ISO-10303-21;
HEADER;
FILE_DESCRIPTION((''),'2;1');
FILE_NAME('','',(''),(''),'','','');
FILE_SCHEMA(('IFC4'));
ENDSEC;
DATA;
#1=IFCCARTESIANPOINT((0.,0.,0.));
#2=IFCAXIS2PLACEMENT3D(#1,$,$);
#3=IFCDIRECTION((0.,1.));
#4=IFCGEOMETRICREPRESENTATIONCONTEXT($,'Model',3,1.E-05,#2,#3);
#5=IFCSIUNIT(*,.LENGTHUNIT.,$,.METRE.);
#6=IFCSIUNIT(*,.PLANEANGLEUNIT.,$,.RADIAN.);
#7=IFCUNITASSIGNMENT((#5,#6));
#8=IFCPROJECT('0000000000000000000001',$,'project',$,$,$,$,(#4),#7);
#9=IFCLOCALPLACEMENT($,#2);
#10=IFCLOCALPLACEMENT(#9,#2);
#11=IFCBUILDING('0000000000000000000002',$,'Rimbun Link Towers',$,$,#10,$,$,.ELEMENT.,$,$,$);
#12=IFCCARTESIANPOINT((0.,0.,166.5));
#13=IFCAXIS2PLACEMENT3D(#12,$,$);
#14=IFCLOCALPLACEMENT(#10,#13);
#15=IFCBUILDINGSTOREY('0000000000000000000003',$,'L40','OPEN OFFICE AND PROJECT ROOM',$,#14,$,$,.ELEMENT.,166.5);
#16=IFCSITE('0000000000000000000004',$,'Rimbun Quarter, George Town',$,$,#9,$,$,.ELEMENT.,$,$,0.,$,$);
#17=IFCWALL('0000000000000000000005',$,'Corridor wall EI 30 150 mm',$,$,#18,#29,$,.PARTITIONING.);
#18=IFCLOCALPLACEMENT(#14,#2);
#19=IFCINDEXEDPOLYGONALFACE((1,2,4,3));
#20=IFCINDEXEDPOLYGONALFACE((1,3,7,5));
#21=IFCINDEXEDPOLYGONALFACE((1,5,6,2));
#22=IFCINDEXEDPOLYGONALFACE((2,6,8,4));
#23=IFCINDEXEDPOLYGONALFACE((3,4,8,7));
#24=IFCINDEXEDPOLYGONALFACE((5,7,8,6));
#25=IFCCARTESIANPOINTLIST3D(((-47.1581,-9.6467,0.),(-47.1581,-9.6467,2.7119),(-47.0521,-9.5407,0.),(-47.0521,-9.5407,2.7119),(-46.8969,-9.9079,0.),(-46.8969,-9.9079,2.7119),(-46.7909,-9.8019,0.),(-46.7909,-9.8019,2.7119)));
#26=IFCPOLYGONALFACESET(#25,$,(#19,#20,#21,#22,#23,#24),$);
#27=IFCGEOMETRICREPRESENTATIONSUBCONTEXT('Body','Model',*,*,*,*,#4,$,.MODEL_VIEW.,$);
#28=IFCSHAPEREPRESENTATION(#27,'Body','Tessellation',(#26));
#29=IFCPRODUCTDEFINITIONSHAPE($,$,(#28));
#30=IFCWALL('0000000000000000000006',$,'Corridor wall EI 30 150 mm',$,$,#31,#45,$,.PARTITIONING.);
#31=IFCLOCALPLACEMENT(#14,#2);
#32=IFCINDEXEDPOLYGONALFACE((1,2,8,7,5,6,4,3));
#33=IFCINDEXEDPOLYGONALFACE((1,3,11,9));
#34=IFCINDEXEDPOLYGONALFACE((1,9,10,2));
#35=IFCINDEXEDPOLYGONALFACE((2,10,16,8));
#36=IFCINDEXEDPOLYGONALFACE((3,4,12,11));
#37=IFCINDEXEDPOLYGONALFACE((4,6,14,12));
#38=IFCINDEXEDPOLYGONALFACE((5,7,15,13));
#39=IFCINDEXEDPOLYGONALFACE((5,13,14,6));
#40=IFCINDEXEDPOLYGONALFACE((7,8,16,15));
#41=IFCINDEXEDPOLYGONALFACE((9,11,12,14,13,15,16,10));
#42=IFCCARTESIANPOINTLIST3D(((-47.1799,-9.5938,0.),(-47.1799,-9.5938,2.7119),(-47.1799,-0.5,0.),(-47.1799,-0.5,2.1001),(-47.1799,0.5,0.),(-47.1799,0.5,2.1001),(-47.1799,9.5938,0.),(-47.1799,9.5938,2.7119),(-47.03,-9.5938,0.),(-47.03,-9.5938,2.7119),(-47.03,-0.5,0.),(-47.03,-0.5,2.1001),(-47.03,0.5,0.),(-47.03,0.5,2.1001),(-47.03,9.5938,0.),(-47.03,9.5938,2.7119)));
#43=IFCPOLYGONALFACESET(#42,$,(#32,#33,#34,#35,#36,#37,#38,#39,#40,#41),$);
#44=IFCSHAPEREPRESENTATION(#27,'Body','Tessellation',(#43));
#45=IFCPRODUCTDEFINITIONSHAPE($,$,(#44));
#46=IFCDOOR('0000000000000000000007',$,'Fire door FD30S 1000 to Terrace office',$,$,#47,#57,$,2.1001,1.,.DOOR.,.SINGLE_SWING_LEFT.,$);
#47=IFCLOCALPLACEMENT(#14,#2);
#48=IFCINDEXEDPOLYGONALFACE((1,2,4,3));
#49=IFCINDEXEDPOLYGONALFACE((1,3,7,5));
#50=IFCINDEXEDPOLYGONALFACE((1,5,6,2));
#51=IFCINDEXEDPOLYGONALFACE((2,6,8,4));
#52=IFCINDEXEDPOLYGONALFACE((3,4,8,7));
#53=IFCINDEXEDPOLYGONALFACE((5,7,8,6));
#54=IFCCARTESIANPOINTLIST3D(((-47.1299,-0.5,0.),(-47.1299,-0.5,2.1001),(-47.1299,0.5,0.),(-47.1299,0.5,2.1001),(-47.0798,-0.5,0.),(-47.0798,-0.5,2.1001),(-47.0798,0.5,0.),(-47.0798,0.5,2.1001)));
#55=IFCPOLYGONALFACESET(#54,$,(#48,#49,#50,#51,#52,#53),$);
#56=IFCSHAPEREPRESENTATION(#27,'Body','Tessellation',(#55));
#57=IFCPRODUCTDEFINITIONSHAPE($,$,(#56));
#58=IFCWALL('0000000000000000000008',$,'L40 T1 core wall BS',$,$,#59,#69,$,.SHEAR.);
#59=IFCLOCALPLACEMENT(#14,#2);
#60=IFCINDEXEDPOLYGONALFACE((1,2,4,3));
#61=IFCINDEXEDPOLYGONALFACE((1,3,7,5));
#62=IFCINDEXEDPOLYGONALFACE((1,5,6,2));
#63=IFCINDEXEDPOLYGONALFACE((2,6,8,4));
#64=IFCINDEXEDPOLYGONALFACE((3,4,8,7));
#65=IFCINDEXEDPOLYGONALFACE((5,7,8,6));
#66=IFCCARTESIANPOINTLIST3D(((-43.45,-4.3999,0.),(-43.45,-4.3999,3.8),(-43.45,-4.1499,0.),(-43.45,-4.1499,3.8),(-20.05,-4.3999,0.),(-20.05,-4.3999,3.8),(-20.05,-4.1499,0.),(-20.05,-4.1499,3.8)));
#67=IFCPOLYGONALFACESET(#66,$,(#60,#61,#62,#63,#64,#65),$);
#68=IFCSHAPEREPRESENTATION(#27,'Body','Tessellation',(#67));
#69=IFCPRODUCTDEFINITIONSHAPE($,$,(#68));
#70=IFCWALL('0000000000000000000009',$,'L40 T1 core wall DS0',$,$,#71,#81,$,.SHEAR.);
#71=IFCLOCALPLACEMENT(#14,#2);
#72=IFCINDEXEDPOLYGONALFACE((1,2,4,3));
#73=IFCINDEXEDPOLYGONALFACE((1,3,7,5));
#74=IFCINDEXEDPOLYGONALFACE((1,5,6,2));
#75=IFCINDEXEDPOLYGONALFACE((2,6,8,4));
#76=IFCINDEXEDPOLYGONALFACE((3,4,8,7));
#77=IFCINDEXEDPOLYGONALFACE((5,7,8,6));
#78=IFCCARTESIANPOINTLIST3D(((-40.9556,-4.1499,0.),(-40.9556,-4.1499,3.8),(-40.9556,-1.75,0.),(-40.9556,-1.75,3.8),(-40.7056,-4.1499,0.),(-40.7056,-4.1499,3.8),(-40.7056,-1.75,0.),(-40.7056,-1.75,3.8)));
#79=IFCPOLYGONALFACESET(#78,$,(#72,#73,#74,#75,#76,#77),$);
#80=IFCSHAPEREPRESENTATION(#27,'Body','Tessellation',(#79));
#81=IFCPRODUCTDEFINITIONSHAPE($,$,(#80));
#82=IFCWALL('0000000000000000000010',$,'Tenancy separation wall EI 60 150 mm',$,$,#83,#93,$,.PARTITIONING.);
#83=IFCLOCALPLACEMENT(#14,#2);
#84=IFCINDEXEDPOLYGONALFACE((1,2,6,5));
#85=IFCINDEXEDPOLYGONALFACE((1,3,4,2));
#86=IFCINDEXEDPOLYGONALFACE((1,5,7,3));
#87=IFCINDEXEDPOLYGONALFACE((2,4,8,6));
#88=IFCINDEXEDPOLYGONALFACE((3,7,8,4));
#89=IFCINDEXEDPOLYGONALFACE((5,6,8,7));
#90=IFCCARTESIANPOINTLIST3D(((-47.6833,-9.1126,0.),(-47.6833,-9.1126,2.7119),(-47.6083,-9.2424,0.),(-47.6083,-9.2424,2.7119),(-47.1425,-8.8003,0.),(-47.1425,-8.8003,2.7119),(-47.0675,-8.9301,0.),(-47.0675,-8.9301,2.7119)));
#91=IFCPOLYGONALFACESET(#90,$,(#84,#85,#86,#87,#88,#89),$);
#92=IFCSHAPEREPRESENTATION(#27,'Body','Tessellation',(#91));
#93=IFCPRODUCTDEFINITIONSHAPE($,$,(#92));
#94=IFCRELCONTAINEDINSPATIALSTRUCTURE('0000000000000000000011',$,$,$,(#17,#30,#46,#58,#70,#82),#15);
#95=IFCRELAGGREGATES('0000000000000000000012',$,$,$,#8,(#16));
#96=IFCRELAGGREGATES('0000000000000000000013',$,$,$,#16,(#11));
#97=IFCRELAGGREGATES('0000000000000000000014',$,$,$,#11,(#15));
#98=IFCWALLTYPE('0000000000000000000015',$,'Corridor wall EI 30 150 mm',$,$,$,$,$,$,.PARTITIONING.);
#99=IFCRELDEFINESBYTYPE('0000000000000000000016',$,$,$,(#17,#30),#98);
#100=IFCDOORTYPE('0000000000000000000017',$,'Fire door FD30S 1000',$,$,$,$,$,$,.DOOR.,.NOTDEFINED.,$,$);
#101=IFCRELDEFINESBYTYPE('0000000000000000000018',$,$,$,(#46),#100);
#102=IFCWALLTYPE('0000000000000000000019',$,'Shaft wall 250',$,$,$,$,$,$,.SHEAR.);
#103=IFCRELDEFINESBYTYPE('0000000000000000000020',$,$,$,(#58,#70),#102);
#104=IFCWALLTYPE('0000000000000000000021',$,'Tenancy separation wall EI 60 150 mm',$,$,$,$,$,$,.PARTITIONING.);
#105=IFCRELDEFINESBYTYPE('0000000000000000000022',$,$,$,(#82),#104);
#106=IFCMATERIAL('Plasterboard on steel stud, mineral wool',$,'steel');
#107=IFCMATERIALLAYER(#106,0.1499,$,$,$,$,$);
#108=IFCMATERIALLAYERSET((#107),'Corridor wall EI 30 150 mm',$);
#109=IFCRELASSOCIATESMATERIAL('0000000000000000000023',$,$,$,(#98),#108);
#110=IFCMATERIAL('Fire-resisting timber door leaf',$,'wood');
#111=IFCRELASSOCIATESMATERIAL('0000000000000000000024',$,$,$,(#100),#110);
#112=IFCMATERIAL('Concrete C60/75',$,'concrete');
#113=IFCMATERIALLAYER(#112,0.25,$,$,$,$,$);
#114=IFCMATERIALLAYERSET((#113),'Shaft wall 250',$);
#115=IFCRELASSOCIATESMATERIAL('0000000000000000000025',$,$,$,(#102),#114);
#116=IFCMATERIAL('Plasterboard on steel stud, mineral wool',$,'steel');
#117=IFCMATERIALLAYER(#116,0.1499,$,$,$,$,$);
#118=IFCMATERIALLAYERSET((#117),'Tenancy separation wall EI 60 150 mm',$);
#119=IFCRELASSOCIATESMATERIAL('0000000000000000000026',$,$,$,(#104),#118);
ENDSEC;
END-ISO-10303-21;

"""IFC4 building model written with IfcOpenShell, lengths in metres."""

from ifc_helpers import new_model, si_unit, direction, frame, frame_2d, origin, place, context, subcontext, project, spatial, rectangle, extrude, material, layer, layer_set, type_object, element, fill, save


model = new_model("IFC4")

# Units and contexts
model_context = context("Model", 3, precision=1e-05, world=origin(), true_north=direction((0.0, 1.0)))
body_context = subcontext(model_context, "Body", "Model", "MODEL_VIEW")
ifc_project = project(units=[si_unit("LENGTHUNIT", "METRE"), si_unit("PLANEANGLEUNIT", "RADIAN")], contexts=[model_context])

# Site, building, storey
site_placement = place(None, origin())
site = spatial("IfcSite", under=ifc_project, at=site_placement, Name="Rimbun Quarter, George Town", CompositionType="ELEMENT", RefElevation=0.0)
building_placement = place(site_placement, origin())
building = spatial("IfcBuilding", under=site, at=building_placement, Name="Rimbun Link Towers", CompositionType="ELEMENT")
storey_placement = place(building_placement, frame((0.0, 0.0, 166.5)))
storey = spatial("IfcBuildingStorey", under=building, at=storey_placement, Name="L40", Description="OPEN OFFICE AND PROJECT ROOM", CompositionType="ELEMENT", Elevation=166.5)

# Wall
ifc_material_1 = material(Name="Plasterboard on steel stud, mineral wool", Category="steel")
ifc_layer_1 = layer(ifc_material_1, 0.1499)
ifc_layer_set_1 = layer_set([ifc_layer_1], Name="Corridor wall EI 30 150 mm")
wall_type_1 = type_object("IfcWallType", Name="Corridor wall EI 30 150 mm", PredefinedType="PARTITIONING", material=ifc_layer_set_1)
wall_1_placement = place(storey_placement, frame((-47.105, -9.5938, 0.0), z_axis=(0.0, 0.0, 1.0), x_axis=(0.707107, -0.707107, 0.0)))
element("IfcWall", 1, at=wall_1_placement, inside=storey, type_object=wall_type_1, Name="Corridor wall EI 30 150 mm", PredefinedType="PARTITIONING", context=body_context, shape_type="SweptSolid", body=[
    extrude(rectangle(XDim=0.3694, YDim=0.1499, at=frame_2d((0.1846, 0.0))), origin(), (0.0, 0.0, 1.0), 2.7119),
])

# Wall, opening, door
wall_2_placement = place(storey_placement, frame((-47.105, -9.5938, 0.0), z_axis=(0.0, 0.0, 1.0), x_axis=(0.0, 1.0, 0.0)))
wall_2 = element("IfcWall", 2, at=wall_2_placement, inside=storey, type_object=wall_type_1, Name="Corridor wall EI 30 150 mm", PredefinedType="PARTITIONING", context=body_context, shape_type="SweptSolid", body=[
    extrude(rectangle(XDim=19.1875, YDim=0.1499, at=frame_2d((9.5938, 0.0))), origin(), (0.0, 0.0, 1.0), 2.7119),
])
opening_1_placement = place(wall_2_placement, frame((9.0938, 0.0, 0.0)))
opening_1 = element("IfcOpeningElement", 3, at=opening_1_placement, cuts=wall_2, PredefinedType="OPENING", context=body_context, shape_type="SweptSolid", body=[
    extrude(rectangle(XDim=1.0, YDim=2.1001, at=frame_2d((0.5, 1.05))), frame((0.0, 0.085, 0.0), z_axis=(0.0, -1.0, 0.0), x_axis=(1.0, 0.0, 0.0)), (0.0, 0.0, 1.0), 0.1699),
])
ifc_material_2 = material(Name="Fire-resisting timber door leaf", Category="wood")
door_type_1 = type_object("IfcDoorType", Name="Fire door FD30S 1000", OperationType="NOTDEFINED", PredefinedType="DOOR", material=ifc_material_2)
door_1_placement = place(opening_1_placement, origin())
door_1 = element("IfcDoor", 4, at=door_1_placement, inside=storey, type_object=door_type_1, Name="Fire door FD30S 1000 to Terrace office", OperationType="SINGLE_SWING_LEFT", OverallHeight=2.1001, OverallWidth=1.0, PredefinedType="DOOR", context=body_context, shape_type="SweptSolid", body=[
    extrude(rectangle(XDim=1.0, YDim=2.1001, at=frame_2d((0.5, 1.05))), frame((0.0, 0.0249, 0.0), z_axis=(0.0, -1.0, 0.0), x_axis=(1.0, 0.0, 0.0)), (0.0, 0.0, 1.0), 0.05),
])
fill(opening_1, door_1)

# Walls
ifc_material_3 = material(Name="Concrete C60/75", Category="concrete")
ifc_layer_2 = layer(ifc_material_3, 0.25)
ifc_layer_set_2 = layer_set([ifc_layer_2], Name="Shaft wall 250")
wall_type_2 = type_object("IfcWallType", Name="Shaft wall 250", PredefinedType="SHEAR", material=ifc_layer_set_2)
wall_3_placement = place(storey_placement, frame((-43.45, -4.2749, 0.0), z_axis=(0.0, 0.0, 1.0), x_axis=(1.0, 0.0, 0.0)))
element("IfcWall", 5, at=wall_3_placement, inside=storey, type_object=wall_type_2, Name="L40 T1 core wall BS", PredefinedType="SHEAR", context=body_context, shape_type="SweptSolid", body=[
    extrude(rectangle(XDim=23.3999, YDim=0.25, at=frame_2d((11.7, 0.0))), origin(), (0.0, 0.0, 1.0), 3.8),
])
wall_4_placement = place(storey_placement, frame((-40.8306, -4.1499, 0.0), z_axis=(0.0, 0.0, 1.0), x_axis=(0.0, 1.0, 0.0)))
element("IfcWall", 6, at=wall_4_placement, inside=storey, type_object=wall_type_2, Name="L40 T1 core wall DS0", PredefinedType="SHEAR", context=body_context, shape_type="SweptSolid", body=[
    extrude(rectangle(XDim=2.3999, YDim=0.25, at=frame_2d((1.2, 0.0))), origin(), (0.0, 0.0, 1.0), 3.8),
])
ifc_material_4 = material(Name="Plasterboard on steel stud, mineral wool", Category="steel")
ifc_layer_3 = layer(ifc_material_4, 0.1499)
ifc_layer_set_3 = layer_set([ifc_layer_3], Name="Tenancy separation wall EI 60 150 mm")
wall_type_3 = type_object("IfcWallType", Name="Tenancy separation wall EI 60 150 mm", PredefinedType="PARTITIONING", material=ifc_layer_set_3)
wall_5_placement = place(storey_placement, frame((-47.105, -8.8652, 0.0), z_axis=(0.0, 0.0, 1.0), x_axis=(-0.865997, -0.50005, 0.0)))
element("IfcWall", 7, at=wall_5_placement, inside=storey, type_object=wall_type_3, Name="Tenancy separation wall EI 60 150 mm", PredefinedType="PARTITIONING", context=body_context, shape_type="SweptSolid", body=[
    extrude(rectangle(XDim=0.6245, YDim=0.1499, at=frame_2d((0.3123, 0.0))), origin(), (0.0, 0.0, 1.0), 2.7119),
])

save(model, "model.ifc")
